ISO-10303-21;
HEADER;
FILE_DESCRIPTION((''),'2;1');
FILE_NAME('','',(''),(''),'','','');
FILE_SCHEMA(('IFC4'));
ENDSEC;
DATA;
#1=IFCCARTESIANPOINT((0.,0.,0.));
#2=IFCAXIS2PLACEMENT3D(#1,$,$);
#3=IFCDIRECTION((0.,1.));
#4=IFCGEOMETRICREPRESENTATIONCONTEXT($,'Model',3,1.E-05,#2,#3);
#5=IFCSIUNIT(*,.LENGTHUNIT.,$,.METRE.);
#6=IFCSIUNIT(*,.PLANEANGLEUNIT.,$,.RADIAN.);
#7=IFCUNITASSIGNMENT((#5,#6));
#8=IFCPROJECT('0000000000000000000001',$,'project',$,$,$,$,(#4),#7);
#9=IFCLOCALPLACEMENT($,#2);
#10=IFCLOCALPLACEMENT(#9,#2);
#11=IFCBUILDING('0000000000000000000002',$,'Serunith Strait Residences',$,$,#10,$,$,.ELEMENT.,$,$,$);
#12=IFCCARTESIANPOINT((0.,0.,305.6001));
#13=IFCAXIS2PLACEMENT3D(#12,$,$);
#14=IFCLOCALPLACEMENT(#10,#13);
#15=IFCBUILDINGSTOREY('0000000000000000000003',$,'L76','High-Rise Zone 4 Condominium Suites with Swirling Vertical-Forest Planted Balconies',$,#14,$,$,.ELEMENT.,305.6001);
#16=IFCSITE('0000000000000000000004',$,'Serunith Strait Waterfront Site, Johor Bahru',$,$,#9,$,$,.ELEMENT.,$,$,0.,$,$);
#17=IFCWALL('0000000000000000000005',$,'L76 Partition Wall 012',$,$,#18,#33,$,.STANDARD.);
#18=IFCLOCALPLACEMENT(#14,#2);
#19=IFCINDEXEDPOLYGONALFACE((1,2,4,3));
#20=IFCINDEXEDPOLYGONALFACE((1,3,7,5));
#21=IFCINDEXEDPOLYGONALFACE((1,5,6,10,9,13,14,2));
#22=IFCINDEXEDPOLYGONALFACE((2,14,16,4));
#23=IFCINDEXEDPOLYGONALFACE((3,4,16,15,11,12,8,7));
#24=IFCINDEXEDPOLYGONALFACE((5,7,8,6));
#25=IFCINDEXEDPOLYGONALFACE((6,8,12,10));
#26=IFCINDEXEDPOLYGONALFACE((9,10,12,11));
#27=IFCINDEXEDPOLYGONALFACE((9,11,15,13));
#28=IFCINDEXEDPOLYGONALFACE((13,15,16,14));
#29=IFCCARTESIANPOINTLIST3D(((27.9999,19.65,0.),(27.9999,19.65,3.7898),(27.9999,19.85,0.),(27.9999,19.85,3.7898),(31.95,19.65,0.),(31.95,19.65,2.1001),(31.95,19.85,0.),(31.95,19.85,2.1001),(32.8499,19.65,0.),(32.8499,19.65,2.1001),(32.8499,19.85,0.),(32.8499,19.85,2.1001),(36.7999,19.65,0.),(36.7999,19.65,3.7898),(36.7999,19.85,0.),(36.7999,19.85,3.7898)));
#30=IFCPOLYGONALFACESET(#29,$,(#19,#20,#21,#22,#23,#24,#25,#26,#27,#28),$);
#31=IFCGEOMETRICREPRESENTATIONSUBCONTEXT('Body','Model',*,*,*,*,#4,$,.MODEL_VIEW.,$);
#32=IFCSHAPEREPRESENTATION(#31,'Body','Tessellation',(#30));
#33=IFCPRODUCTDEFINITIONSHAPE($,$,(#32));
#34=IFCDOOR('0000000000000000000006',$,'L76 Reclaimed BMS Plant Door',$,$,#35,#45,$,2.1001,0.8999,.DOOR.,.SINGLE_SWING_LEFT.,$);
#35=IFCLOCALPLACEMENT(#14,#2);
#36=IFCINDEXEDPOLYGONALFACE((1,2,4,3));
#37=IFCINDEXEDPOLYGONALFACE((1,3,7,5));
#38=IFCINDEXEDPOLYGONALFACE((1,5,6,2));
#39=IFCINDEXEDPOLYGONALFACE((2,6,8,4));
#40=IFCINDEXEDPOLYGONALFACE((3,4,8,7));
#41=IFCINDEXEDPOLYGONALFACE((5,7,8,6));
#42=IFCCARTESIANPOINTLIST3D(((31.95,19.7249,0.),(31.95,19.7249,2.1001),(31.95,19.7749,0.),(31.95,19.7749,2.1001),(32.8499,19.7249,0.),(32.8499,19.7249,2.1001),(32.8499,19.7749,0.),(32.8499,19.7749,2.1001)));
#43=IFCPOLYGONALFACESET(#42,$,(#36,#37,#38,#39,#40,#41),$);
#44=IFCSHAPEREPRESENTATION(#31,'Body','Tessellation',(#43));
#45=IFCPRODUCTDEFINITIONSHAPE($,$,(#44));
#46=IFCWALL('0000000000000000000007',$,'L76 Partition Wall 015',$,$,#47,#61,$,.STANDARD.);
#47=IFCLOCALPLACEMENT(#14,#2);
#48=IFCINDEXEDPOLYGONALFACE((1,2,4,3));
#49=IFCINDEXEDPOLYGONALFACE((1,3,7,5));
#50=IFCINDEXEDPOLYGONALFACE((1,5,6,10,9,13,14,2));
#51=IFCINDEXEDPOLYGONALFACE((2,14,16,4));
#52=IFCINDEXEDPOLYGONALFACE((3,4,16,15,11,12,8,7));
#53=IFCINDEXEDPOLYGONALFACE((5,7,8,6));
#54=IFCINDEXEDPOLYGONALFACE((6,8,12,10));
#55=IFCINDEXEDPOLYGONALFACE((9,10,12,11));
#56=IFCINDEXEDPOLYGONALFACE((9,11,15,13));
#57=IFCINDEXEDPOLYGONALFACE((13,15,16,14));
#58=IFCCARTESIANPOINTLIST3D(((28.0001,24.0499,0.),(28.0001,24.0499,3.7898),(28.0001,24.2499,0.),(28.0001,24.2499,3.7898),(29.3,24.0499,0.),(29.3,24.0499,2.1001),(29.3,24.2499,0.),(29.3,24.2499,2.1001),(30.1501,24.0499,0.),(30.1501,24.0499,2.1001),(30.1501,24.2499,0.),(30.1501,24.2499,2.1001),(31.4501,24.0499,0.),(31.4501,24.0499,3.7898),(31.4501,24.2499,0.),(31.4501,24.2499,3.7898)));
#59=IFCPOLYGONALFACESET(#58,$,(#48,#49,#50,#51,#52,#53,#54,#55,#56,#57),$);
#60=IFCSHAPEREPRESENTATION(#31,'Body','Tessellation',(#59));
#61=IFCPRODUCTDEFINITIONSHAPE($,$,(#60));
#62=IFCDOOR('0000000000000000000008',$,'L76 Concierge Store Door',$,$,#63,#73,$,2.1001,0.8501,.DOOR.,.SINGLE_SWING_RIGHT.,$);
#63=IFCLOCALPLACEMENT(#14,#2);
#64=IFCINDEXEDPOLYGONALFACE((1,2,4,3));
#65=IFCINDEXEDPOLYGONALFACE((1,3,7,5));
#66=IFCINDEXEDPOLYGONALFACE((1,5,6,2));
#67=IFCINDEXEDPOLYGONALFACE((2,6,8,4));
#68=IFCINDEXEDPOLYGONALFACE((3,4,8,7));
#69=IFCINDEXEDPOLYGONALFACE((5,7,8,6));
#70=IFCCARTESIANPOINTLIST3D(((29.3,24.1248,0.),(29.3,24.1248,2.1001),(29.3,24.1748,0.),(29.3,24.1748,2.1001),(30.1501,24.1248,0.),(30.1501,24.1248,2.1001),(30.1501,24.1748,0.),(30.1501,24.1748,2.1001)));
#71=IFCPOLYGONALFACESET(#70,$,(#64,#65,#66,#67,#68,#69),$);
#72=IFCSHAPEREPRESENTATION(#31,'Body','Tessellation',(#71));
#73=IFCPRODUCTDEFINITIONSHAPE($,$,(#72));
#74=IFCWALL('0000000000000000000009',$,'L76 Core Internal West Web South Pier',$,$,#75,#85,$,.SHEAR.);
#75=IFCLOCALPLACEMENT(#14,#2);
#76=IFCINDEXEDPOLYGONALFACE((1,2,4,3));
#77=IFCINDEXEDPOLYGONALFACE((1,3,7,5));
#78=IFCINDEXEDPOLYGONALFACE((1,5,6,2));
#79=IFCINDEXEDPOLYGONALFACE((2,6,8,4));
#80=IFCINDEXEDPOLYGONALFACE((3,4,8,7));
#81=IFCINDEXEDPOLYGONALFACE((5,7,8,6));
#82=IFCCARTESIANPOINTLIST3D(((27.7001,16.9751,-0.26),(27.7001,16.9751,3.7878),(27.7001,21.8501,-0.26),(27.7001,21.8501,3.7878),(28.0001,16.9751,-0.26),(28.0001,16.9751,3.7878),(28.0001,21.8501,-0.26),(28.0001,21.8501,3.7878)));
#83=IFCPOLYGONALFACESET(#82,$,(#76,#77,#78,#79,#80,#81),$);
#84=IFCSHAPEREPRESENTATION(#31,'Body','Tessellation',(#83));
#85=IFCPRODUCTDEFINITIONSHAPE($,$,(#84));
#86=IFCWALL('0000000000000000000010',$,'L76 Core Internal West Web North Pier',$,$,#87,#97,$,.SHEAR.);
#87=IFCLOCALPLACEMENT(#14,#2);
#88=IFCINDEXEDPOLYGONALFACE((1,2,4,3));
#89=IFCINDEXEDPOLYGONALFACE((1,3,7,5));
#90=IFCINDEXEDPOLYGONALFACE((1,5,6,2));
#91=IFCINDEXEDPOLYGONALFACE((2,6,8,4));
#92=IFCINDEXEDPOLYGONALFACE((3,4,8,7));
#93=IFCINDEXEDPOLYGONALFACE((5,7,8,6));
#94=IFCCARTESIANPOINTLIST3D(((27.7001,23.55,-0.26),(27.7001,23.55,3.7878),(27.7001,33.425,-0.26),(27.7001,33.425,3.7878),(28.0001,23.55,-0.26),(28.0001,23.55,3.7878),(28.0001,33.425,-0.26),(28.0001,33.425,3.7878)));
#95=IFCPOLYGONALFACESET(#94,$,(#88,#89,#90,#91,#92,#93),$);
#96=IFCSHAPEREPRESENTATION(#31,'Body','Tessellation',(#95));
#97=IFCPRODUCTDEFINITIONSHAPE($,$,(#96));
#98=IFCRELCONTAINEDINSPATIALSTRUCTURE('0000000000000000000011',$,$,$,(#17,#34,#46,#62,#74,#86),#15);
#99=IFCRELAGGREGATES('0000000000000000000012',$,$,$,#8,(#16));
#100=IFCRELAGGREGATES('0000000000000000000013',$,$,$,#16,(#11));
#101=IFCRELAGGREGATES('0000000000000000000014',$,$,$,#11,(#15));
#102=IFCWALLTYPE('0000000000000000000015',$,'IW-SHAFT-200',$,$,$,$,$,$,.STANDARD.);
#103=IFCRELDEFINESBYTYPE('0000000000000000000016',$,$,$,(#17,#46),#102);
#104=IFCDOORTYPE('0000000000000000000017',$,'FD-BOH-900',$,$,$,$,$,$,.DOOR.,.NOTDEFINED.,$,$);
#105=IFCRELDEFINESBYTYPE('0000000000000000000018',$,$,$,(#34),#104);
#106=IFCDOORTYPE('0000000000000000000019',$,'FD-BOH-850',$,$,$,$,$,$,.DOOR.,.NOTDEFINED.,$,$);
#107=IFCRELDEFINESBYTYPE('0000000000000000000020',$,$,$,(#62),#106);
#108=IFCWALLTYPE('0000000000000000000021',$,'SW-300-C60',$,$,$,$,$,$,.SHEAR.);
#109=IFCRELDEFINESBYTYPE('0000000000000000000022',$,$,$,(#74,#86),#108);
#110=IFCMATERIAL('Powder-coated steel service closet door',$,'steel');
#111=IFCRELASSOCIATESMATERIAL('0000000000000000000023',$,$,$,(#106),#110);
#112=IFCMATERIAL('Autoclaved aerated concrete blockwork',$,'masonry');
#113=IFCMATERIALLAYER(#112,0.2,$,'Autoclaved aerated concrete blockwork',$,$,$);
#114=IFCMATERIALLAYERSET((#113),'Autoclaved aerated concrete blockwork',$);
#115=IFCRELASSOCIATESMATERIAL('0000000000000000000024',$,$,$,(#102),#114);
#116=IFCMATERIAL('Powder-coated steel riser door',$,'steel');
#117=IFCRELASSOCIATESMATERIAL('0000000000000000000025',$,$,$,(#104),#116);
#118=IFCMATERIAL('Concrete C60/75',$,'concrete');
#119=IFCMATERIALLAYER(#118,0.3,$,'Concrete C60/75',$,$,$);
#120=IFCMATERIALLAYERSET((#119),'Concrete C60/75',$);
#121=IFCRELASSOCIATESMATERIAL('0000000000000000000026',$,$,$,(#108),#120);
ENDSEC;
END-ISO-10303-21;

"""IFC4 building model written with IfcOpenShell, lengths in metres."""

from ifc_helpers import new_model, si_unit, direction, frame, frame_2d, origin, place, context, subcontext, project, spatial, rectangle, extrude, source, transform, mapped, material, layer, layer_set, type_object, element, fill, save


model = new_model("IFC4")

# Units and contexts
model_context = context("Model", 3, precision=1e-05, world=origin(), true_north=direction((0.0, 1.0)))
body_context = subcontext(model_context, "Body", "Model", "MODEL_VIEW")
ifc_project = project(units=[si_unit("LENGTHUNIT", "METRE"), si_unit("PLANEANGLEUNIT", "RADIAN")], contexts=[model_context])

# Site, building, storey
site_placement = place(None, origin())
site = spatial("IfcSite", under=ifc_project, at=site_placement, Name="Serunith Strait Waterfront Site, Johor Bahru", CompositionType="ELEMENT", RefElevation=0.0)
building_placement = place(site_placement, origin())
building = spatial("IfcBuilding", under=site, at=building_placement, Name="Serunith Strait Residences", CompositionType="ELEMENT")
storey_placement = place(building_placement, frame((0.0, 0.0, 305.6001)))
storey = spatial("IfcBuildingStorey", under=building, at=storey_placement, Name="L76", Description="High-Rise Zone 4 Condominium Suites with Swirling Vertical-Forest Planted Balconies", CompositionType="ELEMENT", Elevation=305.6001)

# Shared definitions
ifc_material_1 = material(Name="Powder-coated steel service closet door", Category="steel")
door_type_1 = type_object("IfcDoorType", Name="FD-BOH-850", OperationType="NOTDEFINED", PredefinedType="DOOR", material=ifc_material_1)
shared_shape_1 = source(origin(), body_context, "Body", "SweptSolid", [
    extrude(rectangle(XDim=0.8501, YDim=2.1001, at=frame_2d((0.425, 1.05))), frame((0.0, 0.0249, 0.0), z_axis=(0.0, -1.0, 0.0), x_axis=(1.0, 0.0, 0.0)), (0.0, 0.0, 1.0), 0.05),
])
ifc_material_2 = material(Name="Autoclaved aerated concrete blockwork", Category="masonry")
ifc_layer_1 = layer(ifc_material_2, 0.2, Name="Autoclaved aerated concrete blockwork")
ifc_layer_set_1 = layer_set([ifc_layer_1], Name="Autoclaved aerated concrete blockwork")
wall_type_1 = type_object("IfcWallType", Name="IW-SHAFT-200", PredefinedType="STANDARD", material=ifc_layer_set_1)

# Walls, openings, doors
wall_1_placement = place(storey_placement, frame((28.0, 19.75, 0.0), z_axis=(0.0, 0.0, 1.0), x_axis=(1.0, 0.0, 0.0)))
wall_1 = element("IfcWall", 1, at=wall_1_placement, inside=storey, type_object=wall_type_1, Name="L76 Partition Wall 012", PredefinedType="STANDARD", context=body_context, shape_type="SweptSolid", body=[
    extrude(rectangle(XDim=8.8, YDim=0.2, at=frame_2d((4.3999, 0.0))), origin(), (0.0, 0.0, 1.0), 3.7898),
])
opening_1_placement = place(wall_1_placement, frame((3.95, 0.0, 0.0)))
opening_1 = element("IfcOpeningElement", 2, at=opening_1_placement, cuts=wall_1, PredefinedType="OPENING", context=body_context, shape_type="SweptSolid", body=[
    extrude(rectangle(XDim=0.8999, YDim=2.1001, at=frame_2d((0.45, 1.05))), frame((0.0, 0.1099, 0.0), z_axis=(0.0, -1.0, 0.0), x_axis=(1.0, 0.0, 0.0)), (0.0, 0.0, 1.0), 0.22),
])
ifc_material_3 = material(Name="Powder-coated steel riser door", Category="steel")
door_type_2 = type_object("IfcDoorType", Name="FD-BOH-900", OperationType="NOTDEFINED", PredefinedType="DOOR", material=ifc_material_3)
shared_shape_2 = source(origin(), body_context, "Body", "SweptSolid", [
    extrude(rectangle(XDim=0.8999, YDim=2.1001, at=frame_2d((0.45, 1.05))), frame((0.0, 0.0249, 0.0), z_axis=(0.0, -1.0, 0.0), x_axis=(1.0, 0.0, 0.0)), (0.0, 0.0, 1.0), 0.05),
])
door_1_placement = place(opening_1_placement, origin())
door_1 = element("IfcDoor", 3, at=door_1_placement, inside=storey, type_object=door_type_2, Name="L76 Reclaimed BMS Plant Door", OperationType="SINGLE_SWING_LEFT", OverallHeight=2.1001, OverallWidth=0.8999, PredefinedType="DOOR", context=body_context, shape_type="MappedRepresentation", body=[
    mapped(shared_shape_2, transform((0.0, 0.0, 0.0), scale=1.0)),
])
fill(opening_1, door_1)
wall_2_placement = place(storey_placement, frame((28.0, 24.1499, 0.0), z_axis=(0.0, 0.0, 1.0), x_axis=(1.0, 0.0, 0.0)))
wall_2 = element("IfcWall", 4, at=wall_2_placement, inside=storey, type_object=wall_type_1, Name="L76 Partition Wall 015", PredefinedType="STANDARD", context=body_context, shape_type="SweptSolid", body=[
    extrude(rectangle(XDim=3.45, YDim=0.2, at=frame_2d((1.7251, 0.0))), origin(), (0.0, 0.0, 1.0), 3.7898),
])
opening_2_placement = place(wall_2_placement, frame((1.3, 0.0, 0.0)))
opening_2 = element("IfcOpeningElement", 5, at=opening_2_placement, cuts=wall_2, PredefinedType="OPENING", context=body_context, shape_type="SweptSolid", body=[
    extrude(rectangle(XDim=0.8501, YDim=2.1001, at=frame_2d((0.425, 1.05))), frame((0.0, 0.1099, 0.0), z_axis=(0.0, -1.0, 0.0), x_axis=(1.0, 0.0, 0.0)), (0.0, 0.0, 1.0), 0.22),
])
door_2_placement = place(opening_2_placement, origin())
door_2 = element("IfcDoor", 6, at=door_2_placement, inside=storey, type_object=door_type_1, Name="L76 Concierge Store Door", OperationType="SINGLE_SWING_RIGHT", OverallHeight=2.1001, OverallWidth=0.8501, PredefinedType="DOOR", context=body_context, shape_type="MappedRepresentation", body=[
    mapped(shared_shape_1, transform((0.0, 0.0, 0.0), scale=1.0)),
])
fill(opening_2, door_2)

# Walls
ifc_material_4 = material(Name="Concrete C60/75", Category="concrete")
ifc_layer_2 = layer(ifc_material_4, 0.3, Name="Concrete C60/75")
ifc_layer_set_2 = layer_set([ifc_layer_2], Name="Concrete C60/75")
wall_type_2 = type_object("IfcWallType", Name="SW-300-C60", PredefinedType="SHEAR", material=ifc_layer_set_2)
wall_3_placement = place(storey_placement, frame((27.8501, 16.9751, -0.26), z_axis=(0.0, 0.0, 1.0), x_axis=(0.0, 1.0, 0.0)))
element("IfcWall", 7, at=wall_3_placement, inside=storey, type_object=wall_type_2, Name="L76 Core Internal West Web South Pier", PredefinedType="SHEAR", context=body_context, shape_type="SweptSolid", body=[
    extrude(rectangle(XDim=4.875, YDim=0.3, at=frame_2d((2.4375, 0.0))), origin(), (0.0, 0.0, 1.0), 4.0479),
])
wall_4_placement = place(storey_placement, frame((27.8501, 23.55, -0.26), z_axis=(0.0, 0.0, 1.0), x_axis=(0.0, 1.0, 0.0)))
element("IfcWall", 8, at=wall_4_placement, inside=storey, type_object=wall_type_2, Name="L76 Core Internal West Web North Pier", PredefinedType="SHEAR", context=body_context, shape_type="SweptSolid", body=[
    extrude(rectangle(XDim=9.875, YDim=0.3, at=frame_2d((4.9375, 0.0))), origin(), (0.0, 0.0, 1.0), 4.0479),
])

save(model, "model.ifc")
